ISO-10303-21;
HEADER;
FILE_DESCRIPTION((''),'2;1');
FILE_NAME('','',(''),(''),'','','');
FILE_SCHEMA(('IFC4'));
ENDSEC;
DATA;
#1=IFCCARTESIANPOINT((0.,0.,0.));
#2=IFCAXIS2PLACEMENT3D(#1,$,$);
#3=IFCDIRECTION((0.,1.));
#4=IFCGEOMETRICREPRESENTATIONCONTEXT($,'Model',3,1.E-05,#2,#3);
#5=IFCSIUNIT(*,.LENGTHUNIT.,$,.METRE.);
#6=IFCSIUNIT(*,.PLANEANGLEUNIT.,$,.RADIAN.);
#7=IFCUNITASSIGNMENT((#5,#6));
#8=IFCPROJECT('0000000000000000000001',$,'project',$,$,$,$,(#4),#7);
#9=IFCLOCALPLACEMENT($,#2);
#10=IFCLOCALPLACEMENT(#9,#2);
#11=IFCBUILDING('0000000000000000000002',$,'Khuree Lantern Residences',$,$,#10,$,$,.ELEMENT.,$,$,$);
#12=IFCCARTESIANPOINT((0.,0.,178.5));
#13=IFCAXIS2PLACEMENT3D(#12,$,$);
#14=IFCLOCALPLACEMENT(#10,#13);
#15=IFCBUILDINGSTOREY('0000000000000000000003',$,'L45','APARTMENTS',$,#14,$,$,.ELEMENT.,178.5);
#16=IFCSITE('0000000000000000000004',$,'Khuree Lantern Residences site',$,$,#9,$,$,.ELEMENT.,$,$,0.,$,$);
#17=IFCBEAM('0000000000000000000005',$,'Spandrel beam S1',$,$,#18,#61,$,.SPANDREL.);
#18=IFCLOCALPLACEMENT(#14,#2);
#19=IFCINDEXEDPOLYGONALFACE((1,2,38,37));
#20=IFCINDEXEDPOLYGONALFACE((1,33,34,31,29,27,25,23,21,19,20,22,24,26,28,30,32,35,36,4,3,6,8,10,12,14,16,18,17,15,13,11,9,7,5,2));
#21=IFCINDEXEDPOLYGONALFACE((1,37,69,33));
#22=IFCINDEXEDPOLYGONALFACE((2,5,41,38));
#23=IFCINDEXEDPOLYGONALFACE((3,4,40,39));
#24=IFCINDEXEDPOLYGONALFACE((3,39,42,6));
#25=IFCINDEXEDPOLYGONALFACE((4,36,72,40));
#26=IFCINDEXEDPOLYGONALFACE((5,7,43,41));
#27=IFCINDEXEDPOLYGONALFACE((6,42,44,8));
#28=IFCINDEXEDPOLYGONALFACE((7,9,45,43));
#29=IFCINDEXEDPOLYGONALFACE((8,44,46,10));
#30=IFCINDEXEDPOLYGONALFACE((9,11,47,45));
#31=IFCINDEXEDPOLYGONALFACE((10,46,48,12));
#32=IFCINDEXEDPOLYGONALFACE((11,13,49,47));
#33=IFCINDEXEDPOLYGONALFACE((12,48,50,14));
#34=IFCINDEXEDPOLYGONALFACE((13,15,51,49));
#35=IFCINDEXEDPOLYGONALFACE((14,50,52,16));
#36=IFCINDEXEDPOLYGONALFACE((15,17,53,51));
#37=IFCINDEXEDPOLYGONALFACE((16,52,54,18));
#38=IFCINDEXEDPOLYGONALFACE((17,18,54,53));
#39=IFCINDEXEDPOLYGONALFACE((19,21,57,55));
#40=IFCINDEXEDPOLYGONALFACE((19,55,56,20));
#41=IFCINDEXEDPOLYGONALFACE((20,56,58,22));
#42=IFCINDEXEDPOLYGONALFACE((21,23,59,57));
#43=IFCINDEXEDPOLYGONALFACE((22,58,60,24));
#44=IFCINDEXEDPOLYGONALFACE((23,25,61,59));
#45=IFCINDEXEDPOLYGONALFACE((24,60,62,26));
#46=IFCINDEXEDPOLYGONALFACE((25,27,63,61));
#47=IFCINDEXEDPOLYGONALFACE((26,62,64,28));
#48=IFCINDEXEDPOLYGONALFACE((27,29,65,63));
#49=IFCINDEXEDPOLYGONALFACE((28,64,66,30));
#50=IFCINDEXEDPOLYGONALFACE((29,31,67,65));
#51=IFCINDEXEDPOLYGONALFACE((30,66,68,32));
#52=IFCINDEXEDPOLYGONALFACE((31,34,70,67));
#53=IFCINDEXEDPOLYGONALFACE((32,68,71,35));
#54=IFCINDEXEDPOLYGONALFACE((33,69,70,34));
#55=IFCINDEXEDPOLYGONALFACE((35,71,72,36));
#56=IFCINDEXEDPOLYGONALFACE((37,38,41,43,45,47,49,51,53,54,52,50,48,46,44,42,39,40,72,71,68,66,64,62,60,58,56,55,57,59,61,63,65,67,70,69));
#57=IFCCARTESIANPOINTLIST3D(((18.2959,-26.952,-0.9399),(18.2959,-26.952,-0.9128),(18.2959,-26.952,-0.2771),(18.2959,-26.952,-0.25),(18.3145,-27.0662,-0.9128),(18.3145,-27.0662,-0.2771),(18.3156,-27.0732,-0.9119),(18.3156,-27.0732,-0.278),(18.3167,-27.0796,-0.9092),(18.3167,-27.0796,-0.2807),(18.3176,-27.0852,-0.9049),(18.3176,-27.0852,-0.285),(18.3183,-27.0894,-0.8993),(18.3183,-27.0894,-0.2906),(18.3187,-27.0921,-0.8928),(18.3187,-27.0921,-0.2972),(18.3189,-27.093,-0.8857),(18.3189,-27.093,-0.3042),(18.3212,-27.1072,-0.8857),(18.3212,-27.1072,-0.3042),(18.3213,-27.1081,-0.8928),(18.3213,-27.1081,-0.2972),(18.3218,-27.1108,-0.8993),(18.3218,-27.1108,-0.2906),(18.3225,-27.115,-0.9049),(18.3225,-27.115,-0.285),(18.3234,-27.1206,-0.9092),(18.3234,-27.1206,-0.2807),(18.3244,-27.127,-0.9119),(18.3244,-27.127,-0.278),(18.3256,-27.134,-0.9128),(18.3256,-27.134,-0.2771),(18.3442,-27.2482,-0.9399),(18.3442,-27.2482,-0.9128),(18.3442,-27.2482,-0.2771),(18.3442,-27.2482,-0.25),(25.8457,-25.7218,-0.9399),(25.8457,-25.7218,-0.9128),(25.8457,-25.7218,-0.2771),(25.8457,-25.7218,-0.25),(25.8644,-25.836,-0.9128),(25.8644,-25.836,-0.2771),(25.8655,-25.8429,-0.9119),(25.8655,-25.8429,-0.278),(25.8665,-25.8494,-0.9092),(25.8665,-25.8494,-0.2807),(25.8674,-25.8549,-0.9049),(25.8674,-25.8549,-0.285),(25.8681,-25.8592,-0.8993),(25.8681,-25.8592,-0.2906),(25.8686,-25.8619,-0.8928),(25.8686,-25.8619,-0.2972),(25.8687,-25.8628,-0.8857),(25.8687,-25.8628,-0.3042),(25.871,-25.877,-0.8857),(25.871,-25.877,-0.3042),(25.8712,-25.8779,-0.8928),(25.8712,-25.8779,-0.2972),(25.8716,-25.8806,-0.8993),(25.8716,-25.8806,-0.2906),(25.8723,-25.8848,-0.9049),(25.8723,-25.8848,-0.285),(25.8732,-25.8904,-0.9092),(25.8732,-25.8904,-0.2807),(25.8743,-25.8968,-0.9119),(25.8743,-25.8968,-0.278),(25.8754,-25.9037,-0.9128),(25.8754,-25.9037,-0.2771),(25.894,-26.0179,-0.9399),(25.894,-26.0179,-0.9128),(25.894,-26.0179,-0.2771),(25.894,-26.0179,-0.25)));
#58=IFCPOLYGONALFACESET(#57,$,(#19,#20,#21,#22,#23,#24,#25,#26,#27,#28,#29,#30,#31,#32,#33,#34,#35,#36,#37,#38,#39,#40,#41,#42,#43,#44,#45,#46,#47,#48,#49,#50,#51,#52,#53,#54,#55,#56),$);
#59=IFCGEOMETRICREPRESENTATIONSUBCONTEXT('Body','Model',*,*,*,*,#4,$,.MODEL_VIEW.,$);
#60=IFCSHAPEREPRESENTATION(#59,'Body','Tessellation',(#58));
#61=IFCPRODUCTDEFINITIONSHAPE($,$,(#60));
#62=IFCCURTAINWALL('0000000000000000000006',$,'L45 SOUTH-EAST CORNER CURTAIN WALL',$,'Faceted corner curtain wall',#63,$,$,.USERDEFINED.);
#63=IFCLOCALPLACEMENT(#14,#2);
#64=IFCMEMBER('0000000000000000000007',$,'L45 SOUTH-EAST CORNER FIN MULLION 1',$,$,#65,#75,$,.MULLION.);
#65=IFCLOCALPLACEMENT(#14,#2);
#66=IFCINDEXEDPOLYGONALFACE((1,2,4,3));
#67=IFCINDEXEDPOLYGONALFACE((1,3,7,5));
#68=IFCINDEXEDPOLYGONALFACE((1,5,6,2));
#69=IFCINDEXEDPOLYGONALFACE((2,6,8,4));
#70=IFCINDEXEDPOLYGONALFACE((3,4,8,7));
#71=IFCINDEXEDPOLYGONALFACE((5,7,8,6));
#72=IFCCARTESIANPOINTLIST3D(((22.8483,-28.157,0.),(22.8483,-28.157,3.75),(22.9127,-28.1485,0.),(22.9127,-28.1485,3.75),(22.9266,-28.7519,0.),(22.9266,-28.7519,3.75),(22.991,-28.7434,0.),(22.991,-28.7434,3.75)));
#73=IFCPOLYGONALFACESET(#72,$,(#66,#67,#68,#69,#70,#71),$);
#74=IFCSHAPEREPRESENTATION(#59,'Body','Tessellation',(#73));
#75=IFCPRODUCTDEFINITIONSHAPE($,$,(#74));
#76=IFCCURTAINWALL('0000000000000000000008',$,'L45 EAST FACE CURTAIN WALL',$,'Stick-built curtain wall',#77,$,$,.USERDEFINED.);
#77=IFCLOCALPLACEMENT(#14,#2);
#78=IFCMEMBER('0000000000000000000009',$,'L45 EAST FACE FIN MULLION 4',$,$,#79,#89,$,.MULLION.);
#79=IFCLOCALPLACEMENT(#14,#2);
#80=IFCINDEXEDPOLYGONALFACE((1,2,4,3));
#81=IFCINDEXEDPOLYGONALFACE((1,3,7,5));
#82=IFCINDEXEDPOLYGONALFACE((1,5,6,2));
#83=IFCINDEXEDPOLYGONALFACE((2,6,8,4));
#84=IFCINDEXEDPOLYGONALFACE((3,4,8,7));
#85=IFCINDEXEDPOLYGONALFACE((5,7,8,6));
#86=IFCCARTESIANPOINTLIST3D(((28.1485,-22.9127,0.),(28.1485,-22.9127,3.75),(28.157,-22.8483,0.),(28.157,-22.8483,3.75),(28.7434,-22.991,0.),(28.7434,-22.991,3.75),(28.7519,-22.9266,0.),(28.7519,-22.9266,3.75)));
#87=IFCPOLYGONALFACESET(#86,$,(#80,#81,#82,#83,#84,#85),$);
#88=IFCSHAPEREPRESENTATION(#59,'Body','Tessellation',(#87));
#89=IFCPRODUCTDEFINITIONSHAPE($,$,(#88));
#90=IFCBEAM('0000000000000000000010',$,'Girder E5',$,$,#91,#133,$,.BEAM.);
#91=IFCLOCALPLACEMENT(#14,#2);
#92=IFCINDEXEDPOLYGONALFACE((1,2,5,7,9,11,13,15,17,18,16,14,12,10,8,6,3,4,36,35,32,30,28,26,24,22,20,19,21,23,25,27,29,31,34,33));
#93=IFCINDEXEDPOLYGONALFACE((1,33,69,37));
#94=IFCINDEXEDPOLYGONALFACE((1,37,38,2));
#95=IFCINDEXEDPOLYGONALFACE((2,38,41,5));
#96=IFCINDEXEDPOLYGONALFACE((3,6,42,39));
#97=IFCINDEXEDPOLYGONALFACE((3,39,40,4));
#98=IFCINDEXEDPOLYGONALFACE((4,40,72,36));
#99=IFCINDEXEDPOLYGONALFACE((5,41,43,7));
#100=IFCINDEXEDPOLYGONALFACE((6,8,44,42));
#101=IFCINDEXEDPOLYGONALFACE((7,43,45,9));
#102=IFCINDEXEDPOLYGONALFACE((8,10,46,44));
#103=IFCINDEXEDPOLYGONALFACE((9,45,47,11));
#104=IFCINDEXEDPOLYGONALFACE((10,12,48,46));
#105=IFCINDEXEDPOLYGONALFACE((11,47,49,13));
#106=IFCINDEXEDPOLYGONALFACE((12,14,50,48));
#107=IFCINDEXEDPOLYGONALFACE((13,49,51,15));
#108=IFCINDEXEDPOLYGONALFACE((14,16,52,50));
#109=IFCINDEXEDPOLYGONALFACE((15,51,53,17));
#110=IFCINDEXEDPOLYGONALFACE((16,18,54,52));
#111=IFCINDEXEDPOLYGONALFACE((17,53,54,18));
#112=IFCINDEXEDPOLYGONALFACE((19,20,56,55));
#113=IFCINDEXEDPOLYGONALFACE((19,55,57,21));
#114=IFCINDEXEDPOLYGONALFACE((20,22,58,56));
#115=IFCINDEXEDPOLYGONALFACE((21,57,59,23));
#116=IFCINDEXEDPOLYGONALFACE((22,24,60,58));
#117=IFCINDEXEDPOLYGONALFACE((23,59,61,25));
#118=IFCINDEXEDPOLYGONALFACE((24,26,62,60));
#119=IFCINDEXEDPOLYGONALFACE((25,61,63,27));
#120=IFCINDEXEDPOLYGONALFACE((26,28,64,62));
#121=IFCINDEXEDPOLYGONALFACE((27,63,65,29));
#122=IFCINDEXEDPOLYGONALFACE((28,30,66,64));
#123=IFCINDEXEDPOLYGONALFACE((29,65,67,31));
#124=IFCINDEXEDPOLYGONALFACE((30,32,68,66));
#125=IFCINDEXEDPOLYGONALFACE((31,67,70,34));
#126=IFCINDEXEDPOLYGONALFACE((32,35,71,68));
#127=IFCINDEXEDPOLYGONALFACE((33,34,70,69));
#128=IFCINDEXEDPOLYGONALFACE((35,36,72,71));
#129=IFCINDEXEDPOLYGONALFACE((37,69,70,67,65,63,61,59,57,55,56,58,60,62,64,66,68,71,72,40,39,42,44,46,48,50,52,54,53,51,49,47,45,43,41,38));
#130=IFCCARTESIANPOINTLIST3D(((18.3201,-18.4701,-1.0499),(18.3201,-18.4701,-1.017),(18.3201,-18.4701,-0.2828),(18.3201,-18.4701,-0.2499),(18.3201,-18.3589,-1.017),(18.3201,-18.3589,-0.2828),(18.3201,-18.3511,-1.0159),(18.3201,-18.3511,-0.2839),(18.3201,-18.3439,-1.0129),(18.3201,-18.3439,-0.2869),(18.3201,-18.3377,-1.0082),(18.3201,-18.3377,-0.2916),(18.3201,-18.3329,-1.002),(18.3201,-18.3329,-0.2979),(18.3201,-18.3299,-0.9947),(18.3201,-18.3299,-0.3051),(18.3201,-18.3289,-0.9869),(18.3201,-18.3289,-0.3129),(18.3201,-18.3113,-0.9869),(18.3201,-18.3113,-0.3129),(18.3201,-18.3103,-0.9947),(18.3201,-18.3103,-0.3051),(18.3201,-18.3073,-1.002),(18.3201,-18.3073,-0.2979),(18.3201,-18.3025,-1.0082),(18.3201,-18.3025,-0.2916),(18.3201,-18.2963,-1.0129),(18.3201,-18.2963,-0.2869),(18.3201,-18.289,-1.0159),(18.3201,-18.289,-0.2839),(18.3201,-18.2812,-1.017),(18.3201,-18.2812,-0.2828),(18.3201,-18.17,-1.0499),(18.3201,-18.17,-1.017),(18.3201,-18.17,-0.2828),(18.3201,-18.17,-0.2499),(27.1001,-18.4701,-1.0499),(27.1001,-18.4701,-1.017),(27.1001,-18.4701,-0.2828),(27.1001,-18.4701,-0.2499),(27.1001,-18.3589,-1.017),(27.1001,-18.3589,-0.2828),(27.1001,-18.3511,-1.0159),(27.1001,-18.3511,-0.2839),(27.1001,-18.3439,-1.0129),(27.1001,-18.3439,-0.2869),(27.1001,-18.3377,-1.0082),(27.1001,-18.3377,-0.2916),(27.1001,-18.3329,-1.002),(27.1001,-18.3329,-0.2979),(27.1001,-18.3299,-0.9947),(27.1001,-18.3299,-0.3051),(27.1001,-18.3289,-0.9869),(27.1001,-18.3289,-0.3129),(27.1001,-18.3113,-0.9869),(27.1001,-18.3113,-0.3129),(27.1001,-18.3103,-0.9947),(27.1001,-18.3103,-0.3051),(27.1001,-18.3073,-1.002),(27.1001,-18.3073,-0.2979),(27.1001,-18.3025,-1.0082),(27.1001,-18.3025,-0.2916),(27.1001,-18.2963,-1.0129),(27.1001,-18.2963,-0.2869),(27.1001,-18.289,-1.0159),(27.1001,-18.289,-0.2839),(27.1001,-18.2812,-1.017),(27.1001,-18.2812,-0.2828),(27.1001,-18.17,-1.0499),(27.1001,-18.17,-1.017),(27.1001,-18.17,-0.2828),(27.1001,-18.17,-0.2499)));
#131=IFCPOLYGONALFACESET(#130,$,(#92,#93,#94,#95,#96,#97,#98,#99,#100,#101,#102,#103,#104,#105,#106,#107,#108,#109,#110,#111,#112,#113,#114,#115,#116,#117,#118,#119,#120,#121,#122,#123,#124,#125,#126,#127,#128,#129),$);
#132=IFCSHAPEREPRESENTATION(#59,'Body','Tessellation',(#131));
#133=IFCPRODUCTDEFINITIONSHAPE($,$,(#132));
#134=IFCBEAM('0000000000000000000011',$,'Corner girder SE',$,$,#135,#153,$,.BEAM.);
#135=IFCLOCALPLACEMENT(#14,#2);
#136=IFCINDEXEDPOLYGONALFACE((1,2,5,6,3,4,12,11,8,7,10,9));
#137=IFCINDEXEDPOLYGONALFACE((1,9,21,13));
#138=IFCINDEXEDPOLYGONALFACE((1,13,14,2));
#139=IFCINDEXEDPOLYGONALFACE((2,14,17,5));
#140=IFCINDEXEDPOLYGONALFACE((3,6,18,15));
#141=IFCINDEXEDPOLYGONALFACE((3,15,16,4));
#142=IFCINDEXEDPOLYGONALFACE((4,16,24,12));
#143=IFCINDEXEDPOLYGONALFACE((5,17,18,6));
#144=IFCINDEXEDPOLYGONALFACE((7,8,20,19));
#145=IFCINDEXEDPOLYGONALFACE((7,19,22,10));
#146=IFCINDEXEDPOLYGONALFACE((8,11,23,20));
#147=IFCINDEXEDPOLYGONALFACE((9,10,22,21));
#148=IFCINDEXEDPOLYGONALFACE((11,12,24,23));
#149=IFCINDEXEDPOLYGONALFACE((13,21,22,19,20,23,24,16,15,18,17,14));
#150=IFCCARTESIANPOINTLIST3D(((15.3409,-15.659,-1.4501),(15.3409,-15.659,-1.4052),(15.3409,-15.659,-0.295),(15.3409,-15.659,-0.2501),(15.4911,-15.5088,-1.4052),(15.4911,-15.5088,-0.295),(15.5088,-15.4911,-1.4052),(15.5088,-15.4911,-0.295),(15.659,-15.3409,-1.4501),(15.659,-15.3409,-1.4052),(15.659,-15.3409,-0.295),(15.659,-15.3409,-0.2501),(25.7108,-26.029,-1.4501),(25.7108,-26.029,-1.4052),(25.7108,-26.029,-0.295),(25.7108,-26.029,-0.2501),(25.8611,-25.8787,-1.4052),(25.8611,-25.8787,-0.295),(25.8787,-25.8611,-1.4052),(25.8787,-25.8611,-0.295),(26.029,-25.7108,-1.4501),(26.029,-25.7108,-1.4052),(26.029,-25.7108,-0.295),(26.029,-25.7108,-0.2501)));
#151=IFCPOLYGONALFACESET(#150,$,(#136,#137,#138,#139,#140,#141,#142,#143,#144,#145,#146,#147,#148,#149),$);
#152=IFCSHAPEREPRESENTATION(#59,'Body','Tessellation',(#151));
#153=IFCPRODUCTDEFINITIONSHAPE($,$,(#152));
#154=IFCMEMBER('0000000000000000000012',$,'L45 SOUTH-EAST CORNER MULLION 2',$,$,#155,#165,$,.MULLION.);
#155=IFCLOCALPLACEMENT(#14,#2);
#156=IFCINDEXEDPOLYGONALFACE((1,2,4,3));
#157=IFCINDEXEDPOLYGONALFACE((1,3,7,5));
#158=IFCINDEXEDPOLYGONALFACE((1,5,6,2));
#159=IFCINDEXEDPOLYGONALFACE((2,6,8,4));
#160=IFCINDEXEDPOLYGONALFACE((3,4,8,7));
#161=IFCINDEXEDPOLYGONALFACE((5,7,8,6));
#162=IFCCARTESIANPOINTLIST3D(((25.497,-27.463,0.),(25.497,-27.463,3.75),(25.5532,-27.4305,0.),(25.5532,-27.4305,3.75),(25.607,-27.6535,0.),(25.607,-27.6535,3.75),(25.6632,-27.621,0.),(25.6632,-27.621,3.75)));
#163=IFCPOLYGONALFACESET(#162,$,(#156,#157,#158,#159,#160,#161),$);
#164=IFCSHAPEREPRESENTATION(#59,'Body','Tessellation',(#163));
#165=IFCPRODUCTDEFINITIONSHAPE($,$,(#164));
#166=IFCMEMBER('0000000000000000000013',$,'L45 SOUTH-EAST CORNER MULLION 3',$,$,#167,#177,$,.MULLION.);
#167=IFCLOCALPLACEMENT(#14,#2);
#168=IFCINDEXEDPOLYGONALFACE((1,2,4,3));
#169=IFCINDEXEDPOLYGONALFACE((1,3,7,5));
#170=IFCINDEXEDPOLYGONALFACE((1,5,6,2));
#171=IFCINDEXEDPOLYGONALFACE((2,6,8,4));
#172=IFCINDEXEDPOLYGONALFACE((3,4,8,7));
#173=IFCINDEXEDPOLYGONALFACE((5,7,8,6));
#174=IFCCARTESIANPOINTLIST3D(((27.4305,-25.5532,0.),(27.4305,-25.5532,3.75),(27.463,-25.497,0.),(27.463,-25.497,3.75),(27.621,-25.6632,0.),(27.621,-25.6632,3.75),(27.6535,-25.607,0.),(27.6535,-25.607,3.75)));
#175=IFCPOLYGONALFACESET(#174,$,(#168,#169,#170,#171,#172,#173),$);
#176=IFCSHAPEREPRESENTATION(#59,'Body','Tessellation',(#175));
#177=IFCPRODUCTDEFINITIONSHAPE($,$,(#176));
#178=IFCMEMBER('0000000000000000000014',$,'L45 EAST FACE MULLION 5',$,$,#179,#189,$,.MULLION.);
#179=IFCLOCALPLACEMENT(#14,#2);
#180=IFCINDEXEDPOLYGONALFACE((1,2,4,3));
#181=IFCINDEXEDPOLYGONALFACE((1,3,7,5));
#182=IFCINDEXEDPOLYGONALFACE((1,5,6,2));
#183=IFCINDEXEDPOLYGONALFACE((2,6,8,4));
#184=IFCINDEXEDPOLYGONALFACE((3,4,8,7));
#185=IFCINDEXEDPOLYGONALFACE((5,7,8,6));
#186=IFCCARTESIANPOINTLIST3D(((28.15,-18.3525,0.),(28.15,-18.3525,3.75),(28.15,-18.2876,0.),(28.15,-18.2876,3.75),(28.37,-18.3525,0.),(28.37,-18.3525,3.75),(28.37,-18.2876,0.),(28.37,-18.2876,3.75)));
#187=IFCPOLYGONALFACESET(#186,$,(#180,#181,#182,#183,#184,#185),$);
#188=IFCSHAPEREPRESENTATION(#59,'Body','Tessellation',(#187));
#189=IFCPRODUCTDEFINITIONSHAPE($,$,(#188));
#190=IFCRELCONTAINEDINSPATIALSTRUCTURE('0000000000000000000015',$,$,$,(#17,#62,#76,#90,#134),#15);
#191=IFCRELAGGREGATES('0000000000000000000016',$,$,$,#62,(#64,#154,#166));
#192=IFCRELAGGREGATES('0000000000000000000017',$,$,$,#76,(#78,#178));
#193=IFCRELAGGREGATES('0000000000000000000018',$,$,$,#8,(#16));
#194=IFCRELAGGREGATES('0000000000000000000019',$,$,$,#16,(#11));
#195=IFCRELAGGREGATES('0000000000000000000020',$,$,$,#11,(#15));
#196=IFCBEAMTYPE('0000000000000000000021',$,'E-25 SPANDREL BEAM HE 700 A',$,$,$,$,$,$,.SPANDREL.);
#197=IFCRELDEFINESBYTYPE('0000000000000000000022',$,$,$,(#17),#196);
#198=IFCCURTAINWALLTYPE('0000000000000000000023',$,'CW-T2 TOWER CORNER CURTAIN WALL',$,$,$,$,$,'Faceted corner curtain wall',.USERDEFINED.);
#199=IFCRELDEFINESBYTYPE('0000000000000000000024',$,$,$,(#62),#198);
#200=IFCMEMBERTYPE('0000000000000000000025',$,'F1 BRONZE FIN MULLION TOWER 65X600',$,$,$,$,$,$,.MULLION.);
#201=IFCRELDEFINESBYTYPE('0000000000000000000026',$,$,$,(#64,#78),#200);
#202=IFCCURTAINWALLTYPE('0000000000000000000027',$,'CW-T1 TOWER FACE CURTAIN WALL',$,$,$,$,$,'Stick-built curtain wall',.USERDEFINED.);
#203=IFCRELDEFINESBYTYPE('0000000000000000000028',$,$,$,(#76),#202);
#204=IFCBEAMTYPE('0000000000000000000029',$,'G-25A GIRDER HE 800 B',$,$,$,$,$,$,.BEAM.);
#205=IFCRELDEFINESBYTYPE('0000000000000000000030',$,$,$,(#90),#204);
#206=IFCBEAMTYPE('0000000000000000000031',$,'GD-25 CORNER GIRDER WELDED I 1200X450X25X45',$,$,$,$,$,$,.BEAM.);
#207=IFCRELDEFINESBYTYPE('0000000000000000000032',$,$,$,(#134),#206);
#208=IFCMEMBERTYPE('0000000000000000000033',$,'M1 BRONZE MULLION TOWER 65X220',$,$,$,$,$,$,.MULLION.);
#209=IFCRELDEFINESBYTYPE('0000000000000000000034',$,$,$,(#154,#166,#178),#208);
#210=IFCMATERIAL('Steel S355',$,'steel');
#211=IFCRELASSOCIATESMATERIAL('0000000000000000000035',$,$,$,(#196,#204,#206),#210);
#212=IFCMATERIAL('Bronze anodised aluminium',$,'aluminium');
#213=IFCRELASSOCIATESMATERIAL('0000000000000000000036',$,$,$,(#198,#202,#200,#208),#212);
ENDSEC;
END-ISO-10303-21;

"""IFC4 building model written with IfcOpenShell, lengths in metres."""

from ifc_helpers import new_model, si_unit, direction, frame, origin, origin_2d, place, context, subcontext, project, spatial, rectangle, i_section, extrude, material, material_profile, profile_set, type_object, element, aggregate, save


model = new_model("IFC4")

# Units and contexts
model_context = context("Model", 3, precision=1e-05, world=origin(), true_north=direction((0.0, 1.0)))
body_context = subcontext(model_context, "Body", "Model", "MODEL_VIEW")
ifc_project = project(units=[si_unit("LENGTHUNIT", "METRE"), si_unit("PLANEANGLEUNIT", "RADIAN")], contexts=[model_context])

# Site, building, storey
site_placement = place(None, origin())
site = spatial("IfcSite", under=ifc_project, at=site_placement, Name="Khuree Lantern Residences site", CompositionType="ELEMENT", RefElevation=0.0)
building_placement = place(site_placement, origin())
building = spatial("IfcBuilding", under=site, at=building_placement, Name="Khuree Lantern Residences", CompositionType="ELEMENT")
storey_placement = place(building_placement, frame((0.0, 0.0, 178.5)))
storey = spatial("IfcBuildingStorey", under=building, at=storey_placement, Name="L45", Description="APARTMENTS", CompositionType="ELEMENT", Elevation=178.5)

# Beam
ifc_material_1 = material(Name="Steel S355", Category="steel")
ifc_material_profile_1 = material_profile(ifc_material_1, i_section(OverallWidth=0.3, OverallDepth=0.6899, WebThickness=0.0144, FlangeThickness=0.0271, FilletRadius=0.0271, at=origin_2d()), Name="HE 700 A")
ifc_profile_set_1 = profile_set([ifc_material_profile_1], Name="Steel S355")
beam_type_1 = type_object("IfcBeamType", Name="E-25 SPANDREL BEAM HE 700 A", PredefinedType="SPANDREL", material=ifc_profile_set_1)
for number, where, z_axis, x_axis, name in (
    (1, (25.8699, -25.8699, -0.595), (-0.986983, -0.160827, 0.0), (0.160827, -0.986983, 0.0), "Spandrel beam S1"),
):
    element("IfcBeam", number, at=place(storey_placement, frame(where, z_axis=z_axis, x_axis=x_axis)), inside=storey, type_object=beam_type_1, Name=name, PredefinedType="SPANDREL", context=body_context, shape_type="SweptSolid", body=[
        extrude(i_section(OverallWidth=0.3, OverallDepth=0.6899, WebThickness=0.0144, FlangeThickness=0.0271, FilletRadius=0.0271, at=origin_2d()), origin(), (0.0, 0.0, 1.0), 7.6494),
    ])

# Curtain walls, members
ifc_material_2 = material(Name="Bronze anodised aluminium", Category="aluminium")
curtain_wall_type_1 = type_object("IfcCurtainWallType", Name="CW-T2 TOWER CORNER CURTAIN WALL", ElementType="Faceted corner curtain wall", PredefinedType="USERDEFINED", material=ifc_material_2)
curtain_wall_1_placement = place(storey_placement, origin())
curtain_wall_1 = element("IfcCurtainWall", 2, at=curtain_wall_1_placement, inside=storey, type_object=curtain_wall_type_1, Name="L45 SOUTH-EAST CORNER CURTAIN WALL", ObjectType="Faceted corner curtain wall", PredefinedType="USERDEFINED")
ifc_material_profile_2 = material_profile(ifc_material_2, rectangle(XDim=0.0649, YDim=0.6001, at=origin_2d()), Name="F1 65X600")
ifc_profile_set_2 = profile_set([ifc_material_profile_2], Name="Bronze anodised aluminium")
member_type_1 = type_object("IfcMemberType", Name="F1 BRONZE FIN MULLION TOWER 65X600", PredefinedType="MULLION", material=ifc_profile_set_2)
member_1_placement = place(storey_placement, frame((22.9197, -28.4502, 0.0), z_axis=(0.0, 0.0, 1.0), x_axis=(0.991445, 0.130526, 0.0)))
member_1 = element("IfcMember", 3, at=member_1_placement, type_object=member_type_1, Name="L45 SOUTH-EAST CORNER FIN MULLION 1", PredefinedType="MULLION", context=body_context, shape_type="SweptSolid", body=[
    extrude(rectangle(XDim=0.0649, YDim=0.6001, at=origin_2d()), origin(), (0.0, 0.0, 1.0), 3.75),
])
curtain_wall_type_2 = type_object("IfcCurtainWallType", Name="CW-T1 TOWER FACE CURTAIN WALL", ElementType="Stick-built curtain wall", PredefinedType="USERDEFINED", material=ifc_material_2)
curtain_wall_2_placement = place(storey_placement, origin())
curtain_wall_2 = element("IfcCurtainWall", 4, at=curtain_wall_2_placement, inside=storey, type_object=curtain_wall_type_2, Name="L45 EAST FACE CURTAIN WALL", ObjectType="Stick-built curtain wall", PredefinedType="USERDEFINED")
member_2_placement = place(storey_placement, frame((28.4502, -22.9197, 0.0), z_axis=(0.0, 0.0, 1.0), x_axis=(0.130526, 0.991445, 0.0)))
member_2 = element("IfcMember", 5, at=member_2_placement, type_object=member_type_1, Name="L45 EAST FACE FIN MULLION 4", PredefinedType="MULLION", context=body_context, shape_type="SweptSolid", body=[
    extrude(rectangle(XDim=0.0649, YDim=0.6001, at=origin_2d()), origin(), (0.0, 0.0, 1.0), 3.75),
])

# Beams
ifc_material_profile_3 = material_profile(ifc_material_1, i_section(OverallWidth=0.3, OverallDepth=0.8, WebThickness=0.0176, FlangeThickness=0.033, FilletRadius=0.03, at=origin_2d()), Name="HE 800 B")
ifc_profile_set_3 = profile_set([ifc_material_profile_3], Name="Steel S355")
beam_type_2 = type_object("IfcBeamType", Name="G-25A GIRDER HE 800 B", PredefinedType="BEAM", material=ifc_profile_set_3)
beam_1_placement = place(storey_placement, frame((27.1001, -18.3201, -0.6499), z_axis=(-1.0, 0.0, 0.0), x_axis=(0.0, -1.0, 0.0)))
element("IfcBeam", 6, at=beam_1_placement, inside=storey, type_object=beam_type_2, Name="Girder E5", PredefinedType="BEAM", context=body_context, shape_type="SweptSolid", body=[
    extrude(i_section(OverallWidth=0.3, OverallDepth=0.8, WebThickness=0.0176, FlangeThickness=0.033, FilletRadius=0.03, at=origin_2d()), origin(), (0.0, 0.0, 1.0), 8.78),
])
ifc_material_profile_4 = material_profile(ifc_material_1, i_section(OverallWidth=0.45, OverallDepth=1.2, WebThickness=0.0249, FlangeThickness=0.0449, at=origin_2d()), Name="WELDED I 1200X450X25X45")
ifc_profile_set_4 = profile_set([ifc_material_profile_4], Name="Steel S355")
beam_type_3 = type_object("IfcBeamType", Name="GD-25 CORNER GIRDER WELDED I 1200X450X25X45", PredefinedType="BEAM", material=ifc_profile_set_4)
beam_2_placement = place(storey_placement, frame((25.8699, -25.8699, -0.8501), z_axis=(-0.707107, 0.707107, 0.0), x_axis=(-0.707107, -0.707107, 0.0)))
element("IfcBeam", 7, at=beam_2_placement, inside=storey, type_object=beam_type_3, Name="Corner girder SE", PredefinedType="BEAM", context=body_context, shape_type="SweptSolid", body=[
    extrude(i_section(OverallWidth=0.45, OverallDepth=1.2, WebThickness=0.0249, FlangeThickness=0.0449, at=origin_2d()), origin(), (0.0, 0.0, 1.0), 14.6653),
])

# Members
ifc_material_profile_5 = material_profile(ifc_material_2, rectangle(XDim=0.0649, YDim=0.22, at=origin_2d()), Name="M1 65X220")
ifc_profile_set_5 = profile_set([ifc_material_profile_5], Name="Bronze anodised aluminium")
member_type_2 = type_object("IfcMemberType", Name="M1 BRONZE MULLION TOWER 65X220", PredefinedType="MULLION", material=ifc_profile_set_5)
member_3_placement = place(storey_placement, frame((25.5801, -27.542, 0.0), z_axis=(0.0, 0.0, 1.0), x_axis=(0.866025, 0.5, 0.0)))
member_3 = element("IfcMember", 8, at=member_3_placement, type_object=member_type_2, Name="L45 SOUTH-EAST CORNER MULLION 2", PredefinedType="MULLION", context=body_context, shape_type="SweptSolid", body=[
    extrude(rectangle(XDim=0.0649, YDim=0.22, at=origin_2d()), origin(), (0.0, 0.0, 1.0), 3.75),
])
member_4_placement = place(storey_placement, frame((27.542, -25.5801, 0.0), z_axis=(0.0, 0.0, 1.0), x_axis=(0.5, 0.866025, 0.0)))
member_4 = element("IfcMember", 9, at=member_4_placement, type_object=member_type_2, Name="L45 SOUTH-EAST CORNER MULLION 3", PredefinedType="MULLION", context=body_context, shape_type="SweptSolid", body=[
    extrude(rectangle(XDim=0.0649, YDim=0.22, at=origin_2d()), origin(), (0.0, 0.0, 1.0), 3.75),
])
member_5_placement = place(storey_placement, frame((28.26, -18.3201, 0.0), z_axis=(0.0, 0.0, 1.0), x_axis=(0.0, 1.0, 0.0)))
member_5 = element("IfcMember", 10, at=member_5_placement, type_object=member_type_2, Name="L45 EAST FACE MULLION 5", PredefinedType="MULLION", context=body_context, shape_type="SweptSolid", body=[
    extrude(rectangle(XDim=0.0649, YDim=0.22, at=origin_2d()), origin(), (0.0, 0.0, 1.0), 3.75),
])

aggregate(curtain_wall_1, [member_1, member_3, member_4])

aggregate(curtain_wall_2, [member_2, member_5])

save(model, "model.ifc")
